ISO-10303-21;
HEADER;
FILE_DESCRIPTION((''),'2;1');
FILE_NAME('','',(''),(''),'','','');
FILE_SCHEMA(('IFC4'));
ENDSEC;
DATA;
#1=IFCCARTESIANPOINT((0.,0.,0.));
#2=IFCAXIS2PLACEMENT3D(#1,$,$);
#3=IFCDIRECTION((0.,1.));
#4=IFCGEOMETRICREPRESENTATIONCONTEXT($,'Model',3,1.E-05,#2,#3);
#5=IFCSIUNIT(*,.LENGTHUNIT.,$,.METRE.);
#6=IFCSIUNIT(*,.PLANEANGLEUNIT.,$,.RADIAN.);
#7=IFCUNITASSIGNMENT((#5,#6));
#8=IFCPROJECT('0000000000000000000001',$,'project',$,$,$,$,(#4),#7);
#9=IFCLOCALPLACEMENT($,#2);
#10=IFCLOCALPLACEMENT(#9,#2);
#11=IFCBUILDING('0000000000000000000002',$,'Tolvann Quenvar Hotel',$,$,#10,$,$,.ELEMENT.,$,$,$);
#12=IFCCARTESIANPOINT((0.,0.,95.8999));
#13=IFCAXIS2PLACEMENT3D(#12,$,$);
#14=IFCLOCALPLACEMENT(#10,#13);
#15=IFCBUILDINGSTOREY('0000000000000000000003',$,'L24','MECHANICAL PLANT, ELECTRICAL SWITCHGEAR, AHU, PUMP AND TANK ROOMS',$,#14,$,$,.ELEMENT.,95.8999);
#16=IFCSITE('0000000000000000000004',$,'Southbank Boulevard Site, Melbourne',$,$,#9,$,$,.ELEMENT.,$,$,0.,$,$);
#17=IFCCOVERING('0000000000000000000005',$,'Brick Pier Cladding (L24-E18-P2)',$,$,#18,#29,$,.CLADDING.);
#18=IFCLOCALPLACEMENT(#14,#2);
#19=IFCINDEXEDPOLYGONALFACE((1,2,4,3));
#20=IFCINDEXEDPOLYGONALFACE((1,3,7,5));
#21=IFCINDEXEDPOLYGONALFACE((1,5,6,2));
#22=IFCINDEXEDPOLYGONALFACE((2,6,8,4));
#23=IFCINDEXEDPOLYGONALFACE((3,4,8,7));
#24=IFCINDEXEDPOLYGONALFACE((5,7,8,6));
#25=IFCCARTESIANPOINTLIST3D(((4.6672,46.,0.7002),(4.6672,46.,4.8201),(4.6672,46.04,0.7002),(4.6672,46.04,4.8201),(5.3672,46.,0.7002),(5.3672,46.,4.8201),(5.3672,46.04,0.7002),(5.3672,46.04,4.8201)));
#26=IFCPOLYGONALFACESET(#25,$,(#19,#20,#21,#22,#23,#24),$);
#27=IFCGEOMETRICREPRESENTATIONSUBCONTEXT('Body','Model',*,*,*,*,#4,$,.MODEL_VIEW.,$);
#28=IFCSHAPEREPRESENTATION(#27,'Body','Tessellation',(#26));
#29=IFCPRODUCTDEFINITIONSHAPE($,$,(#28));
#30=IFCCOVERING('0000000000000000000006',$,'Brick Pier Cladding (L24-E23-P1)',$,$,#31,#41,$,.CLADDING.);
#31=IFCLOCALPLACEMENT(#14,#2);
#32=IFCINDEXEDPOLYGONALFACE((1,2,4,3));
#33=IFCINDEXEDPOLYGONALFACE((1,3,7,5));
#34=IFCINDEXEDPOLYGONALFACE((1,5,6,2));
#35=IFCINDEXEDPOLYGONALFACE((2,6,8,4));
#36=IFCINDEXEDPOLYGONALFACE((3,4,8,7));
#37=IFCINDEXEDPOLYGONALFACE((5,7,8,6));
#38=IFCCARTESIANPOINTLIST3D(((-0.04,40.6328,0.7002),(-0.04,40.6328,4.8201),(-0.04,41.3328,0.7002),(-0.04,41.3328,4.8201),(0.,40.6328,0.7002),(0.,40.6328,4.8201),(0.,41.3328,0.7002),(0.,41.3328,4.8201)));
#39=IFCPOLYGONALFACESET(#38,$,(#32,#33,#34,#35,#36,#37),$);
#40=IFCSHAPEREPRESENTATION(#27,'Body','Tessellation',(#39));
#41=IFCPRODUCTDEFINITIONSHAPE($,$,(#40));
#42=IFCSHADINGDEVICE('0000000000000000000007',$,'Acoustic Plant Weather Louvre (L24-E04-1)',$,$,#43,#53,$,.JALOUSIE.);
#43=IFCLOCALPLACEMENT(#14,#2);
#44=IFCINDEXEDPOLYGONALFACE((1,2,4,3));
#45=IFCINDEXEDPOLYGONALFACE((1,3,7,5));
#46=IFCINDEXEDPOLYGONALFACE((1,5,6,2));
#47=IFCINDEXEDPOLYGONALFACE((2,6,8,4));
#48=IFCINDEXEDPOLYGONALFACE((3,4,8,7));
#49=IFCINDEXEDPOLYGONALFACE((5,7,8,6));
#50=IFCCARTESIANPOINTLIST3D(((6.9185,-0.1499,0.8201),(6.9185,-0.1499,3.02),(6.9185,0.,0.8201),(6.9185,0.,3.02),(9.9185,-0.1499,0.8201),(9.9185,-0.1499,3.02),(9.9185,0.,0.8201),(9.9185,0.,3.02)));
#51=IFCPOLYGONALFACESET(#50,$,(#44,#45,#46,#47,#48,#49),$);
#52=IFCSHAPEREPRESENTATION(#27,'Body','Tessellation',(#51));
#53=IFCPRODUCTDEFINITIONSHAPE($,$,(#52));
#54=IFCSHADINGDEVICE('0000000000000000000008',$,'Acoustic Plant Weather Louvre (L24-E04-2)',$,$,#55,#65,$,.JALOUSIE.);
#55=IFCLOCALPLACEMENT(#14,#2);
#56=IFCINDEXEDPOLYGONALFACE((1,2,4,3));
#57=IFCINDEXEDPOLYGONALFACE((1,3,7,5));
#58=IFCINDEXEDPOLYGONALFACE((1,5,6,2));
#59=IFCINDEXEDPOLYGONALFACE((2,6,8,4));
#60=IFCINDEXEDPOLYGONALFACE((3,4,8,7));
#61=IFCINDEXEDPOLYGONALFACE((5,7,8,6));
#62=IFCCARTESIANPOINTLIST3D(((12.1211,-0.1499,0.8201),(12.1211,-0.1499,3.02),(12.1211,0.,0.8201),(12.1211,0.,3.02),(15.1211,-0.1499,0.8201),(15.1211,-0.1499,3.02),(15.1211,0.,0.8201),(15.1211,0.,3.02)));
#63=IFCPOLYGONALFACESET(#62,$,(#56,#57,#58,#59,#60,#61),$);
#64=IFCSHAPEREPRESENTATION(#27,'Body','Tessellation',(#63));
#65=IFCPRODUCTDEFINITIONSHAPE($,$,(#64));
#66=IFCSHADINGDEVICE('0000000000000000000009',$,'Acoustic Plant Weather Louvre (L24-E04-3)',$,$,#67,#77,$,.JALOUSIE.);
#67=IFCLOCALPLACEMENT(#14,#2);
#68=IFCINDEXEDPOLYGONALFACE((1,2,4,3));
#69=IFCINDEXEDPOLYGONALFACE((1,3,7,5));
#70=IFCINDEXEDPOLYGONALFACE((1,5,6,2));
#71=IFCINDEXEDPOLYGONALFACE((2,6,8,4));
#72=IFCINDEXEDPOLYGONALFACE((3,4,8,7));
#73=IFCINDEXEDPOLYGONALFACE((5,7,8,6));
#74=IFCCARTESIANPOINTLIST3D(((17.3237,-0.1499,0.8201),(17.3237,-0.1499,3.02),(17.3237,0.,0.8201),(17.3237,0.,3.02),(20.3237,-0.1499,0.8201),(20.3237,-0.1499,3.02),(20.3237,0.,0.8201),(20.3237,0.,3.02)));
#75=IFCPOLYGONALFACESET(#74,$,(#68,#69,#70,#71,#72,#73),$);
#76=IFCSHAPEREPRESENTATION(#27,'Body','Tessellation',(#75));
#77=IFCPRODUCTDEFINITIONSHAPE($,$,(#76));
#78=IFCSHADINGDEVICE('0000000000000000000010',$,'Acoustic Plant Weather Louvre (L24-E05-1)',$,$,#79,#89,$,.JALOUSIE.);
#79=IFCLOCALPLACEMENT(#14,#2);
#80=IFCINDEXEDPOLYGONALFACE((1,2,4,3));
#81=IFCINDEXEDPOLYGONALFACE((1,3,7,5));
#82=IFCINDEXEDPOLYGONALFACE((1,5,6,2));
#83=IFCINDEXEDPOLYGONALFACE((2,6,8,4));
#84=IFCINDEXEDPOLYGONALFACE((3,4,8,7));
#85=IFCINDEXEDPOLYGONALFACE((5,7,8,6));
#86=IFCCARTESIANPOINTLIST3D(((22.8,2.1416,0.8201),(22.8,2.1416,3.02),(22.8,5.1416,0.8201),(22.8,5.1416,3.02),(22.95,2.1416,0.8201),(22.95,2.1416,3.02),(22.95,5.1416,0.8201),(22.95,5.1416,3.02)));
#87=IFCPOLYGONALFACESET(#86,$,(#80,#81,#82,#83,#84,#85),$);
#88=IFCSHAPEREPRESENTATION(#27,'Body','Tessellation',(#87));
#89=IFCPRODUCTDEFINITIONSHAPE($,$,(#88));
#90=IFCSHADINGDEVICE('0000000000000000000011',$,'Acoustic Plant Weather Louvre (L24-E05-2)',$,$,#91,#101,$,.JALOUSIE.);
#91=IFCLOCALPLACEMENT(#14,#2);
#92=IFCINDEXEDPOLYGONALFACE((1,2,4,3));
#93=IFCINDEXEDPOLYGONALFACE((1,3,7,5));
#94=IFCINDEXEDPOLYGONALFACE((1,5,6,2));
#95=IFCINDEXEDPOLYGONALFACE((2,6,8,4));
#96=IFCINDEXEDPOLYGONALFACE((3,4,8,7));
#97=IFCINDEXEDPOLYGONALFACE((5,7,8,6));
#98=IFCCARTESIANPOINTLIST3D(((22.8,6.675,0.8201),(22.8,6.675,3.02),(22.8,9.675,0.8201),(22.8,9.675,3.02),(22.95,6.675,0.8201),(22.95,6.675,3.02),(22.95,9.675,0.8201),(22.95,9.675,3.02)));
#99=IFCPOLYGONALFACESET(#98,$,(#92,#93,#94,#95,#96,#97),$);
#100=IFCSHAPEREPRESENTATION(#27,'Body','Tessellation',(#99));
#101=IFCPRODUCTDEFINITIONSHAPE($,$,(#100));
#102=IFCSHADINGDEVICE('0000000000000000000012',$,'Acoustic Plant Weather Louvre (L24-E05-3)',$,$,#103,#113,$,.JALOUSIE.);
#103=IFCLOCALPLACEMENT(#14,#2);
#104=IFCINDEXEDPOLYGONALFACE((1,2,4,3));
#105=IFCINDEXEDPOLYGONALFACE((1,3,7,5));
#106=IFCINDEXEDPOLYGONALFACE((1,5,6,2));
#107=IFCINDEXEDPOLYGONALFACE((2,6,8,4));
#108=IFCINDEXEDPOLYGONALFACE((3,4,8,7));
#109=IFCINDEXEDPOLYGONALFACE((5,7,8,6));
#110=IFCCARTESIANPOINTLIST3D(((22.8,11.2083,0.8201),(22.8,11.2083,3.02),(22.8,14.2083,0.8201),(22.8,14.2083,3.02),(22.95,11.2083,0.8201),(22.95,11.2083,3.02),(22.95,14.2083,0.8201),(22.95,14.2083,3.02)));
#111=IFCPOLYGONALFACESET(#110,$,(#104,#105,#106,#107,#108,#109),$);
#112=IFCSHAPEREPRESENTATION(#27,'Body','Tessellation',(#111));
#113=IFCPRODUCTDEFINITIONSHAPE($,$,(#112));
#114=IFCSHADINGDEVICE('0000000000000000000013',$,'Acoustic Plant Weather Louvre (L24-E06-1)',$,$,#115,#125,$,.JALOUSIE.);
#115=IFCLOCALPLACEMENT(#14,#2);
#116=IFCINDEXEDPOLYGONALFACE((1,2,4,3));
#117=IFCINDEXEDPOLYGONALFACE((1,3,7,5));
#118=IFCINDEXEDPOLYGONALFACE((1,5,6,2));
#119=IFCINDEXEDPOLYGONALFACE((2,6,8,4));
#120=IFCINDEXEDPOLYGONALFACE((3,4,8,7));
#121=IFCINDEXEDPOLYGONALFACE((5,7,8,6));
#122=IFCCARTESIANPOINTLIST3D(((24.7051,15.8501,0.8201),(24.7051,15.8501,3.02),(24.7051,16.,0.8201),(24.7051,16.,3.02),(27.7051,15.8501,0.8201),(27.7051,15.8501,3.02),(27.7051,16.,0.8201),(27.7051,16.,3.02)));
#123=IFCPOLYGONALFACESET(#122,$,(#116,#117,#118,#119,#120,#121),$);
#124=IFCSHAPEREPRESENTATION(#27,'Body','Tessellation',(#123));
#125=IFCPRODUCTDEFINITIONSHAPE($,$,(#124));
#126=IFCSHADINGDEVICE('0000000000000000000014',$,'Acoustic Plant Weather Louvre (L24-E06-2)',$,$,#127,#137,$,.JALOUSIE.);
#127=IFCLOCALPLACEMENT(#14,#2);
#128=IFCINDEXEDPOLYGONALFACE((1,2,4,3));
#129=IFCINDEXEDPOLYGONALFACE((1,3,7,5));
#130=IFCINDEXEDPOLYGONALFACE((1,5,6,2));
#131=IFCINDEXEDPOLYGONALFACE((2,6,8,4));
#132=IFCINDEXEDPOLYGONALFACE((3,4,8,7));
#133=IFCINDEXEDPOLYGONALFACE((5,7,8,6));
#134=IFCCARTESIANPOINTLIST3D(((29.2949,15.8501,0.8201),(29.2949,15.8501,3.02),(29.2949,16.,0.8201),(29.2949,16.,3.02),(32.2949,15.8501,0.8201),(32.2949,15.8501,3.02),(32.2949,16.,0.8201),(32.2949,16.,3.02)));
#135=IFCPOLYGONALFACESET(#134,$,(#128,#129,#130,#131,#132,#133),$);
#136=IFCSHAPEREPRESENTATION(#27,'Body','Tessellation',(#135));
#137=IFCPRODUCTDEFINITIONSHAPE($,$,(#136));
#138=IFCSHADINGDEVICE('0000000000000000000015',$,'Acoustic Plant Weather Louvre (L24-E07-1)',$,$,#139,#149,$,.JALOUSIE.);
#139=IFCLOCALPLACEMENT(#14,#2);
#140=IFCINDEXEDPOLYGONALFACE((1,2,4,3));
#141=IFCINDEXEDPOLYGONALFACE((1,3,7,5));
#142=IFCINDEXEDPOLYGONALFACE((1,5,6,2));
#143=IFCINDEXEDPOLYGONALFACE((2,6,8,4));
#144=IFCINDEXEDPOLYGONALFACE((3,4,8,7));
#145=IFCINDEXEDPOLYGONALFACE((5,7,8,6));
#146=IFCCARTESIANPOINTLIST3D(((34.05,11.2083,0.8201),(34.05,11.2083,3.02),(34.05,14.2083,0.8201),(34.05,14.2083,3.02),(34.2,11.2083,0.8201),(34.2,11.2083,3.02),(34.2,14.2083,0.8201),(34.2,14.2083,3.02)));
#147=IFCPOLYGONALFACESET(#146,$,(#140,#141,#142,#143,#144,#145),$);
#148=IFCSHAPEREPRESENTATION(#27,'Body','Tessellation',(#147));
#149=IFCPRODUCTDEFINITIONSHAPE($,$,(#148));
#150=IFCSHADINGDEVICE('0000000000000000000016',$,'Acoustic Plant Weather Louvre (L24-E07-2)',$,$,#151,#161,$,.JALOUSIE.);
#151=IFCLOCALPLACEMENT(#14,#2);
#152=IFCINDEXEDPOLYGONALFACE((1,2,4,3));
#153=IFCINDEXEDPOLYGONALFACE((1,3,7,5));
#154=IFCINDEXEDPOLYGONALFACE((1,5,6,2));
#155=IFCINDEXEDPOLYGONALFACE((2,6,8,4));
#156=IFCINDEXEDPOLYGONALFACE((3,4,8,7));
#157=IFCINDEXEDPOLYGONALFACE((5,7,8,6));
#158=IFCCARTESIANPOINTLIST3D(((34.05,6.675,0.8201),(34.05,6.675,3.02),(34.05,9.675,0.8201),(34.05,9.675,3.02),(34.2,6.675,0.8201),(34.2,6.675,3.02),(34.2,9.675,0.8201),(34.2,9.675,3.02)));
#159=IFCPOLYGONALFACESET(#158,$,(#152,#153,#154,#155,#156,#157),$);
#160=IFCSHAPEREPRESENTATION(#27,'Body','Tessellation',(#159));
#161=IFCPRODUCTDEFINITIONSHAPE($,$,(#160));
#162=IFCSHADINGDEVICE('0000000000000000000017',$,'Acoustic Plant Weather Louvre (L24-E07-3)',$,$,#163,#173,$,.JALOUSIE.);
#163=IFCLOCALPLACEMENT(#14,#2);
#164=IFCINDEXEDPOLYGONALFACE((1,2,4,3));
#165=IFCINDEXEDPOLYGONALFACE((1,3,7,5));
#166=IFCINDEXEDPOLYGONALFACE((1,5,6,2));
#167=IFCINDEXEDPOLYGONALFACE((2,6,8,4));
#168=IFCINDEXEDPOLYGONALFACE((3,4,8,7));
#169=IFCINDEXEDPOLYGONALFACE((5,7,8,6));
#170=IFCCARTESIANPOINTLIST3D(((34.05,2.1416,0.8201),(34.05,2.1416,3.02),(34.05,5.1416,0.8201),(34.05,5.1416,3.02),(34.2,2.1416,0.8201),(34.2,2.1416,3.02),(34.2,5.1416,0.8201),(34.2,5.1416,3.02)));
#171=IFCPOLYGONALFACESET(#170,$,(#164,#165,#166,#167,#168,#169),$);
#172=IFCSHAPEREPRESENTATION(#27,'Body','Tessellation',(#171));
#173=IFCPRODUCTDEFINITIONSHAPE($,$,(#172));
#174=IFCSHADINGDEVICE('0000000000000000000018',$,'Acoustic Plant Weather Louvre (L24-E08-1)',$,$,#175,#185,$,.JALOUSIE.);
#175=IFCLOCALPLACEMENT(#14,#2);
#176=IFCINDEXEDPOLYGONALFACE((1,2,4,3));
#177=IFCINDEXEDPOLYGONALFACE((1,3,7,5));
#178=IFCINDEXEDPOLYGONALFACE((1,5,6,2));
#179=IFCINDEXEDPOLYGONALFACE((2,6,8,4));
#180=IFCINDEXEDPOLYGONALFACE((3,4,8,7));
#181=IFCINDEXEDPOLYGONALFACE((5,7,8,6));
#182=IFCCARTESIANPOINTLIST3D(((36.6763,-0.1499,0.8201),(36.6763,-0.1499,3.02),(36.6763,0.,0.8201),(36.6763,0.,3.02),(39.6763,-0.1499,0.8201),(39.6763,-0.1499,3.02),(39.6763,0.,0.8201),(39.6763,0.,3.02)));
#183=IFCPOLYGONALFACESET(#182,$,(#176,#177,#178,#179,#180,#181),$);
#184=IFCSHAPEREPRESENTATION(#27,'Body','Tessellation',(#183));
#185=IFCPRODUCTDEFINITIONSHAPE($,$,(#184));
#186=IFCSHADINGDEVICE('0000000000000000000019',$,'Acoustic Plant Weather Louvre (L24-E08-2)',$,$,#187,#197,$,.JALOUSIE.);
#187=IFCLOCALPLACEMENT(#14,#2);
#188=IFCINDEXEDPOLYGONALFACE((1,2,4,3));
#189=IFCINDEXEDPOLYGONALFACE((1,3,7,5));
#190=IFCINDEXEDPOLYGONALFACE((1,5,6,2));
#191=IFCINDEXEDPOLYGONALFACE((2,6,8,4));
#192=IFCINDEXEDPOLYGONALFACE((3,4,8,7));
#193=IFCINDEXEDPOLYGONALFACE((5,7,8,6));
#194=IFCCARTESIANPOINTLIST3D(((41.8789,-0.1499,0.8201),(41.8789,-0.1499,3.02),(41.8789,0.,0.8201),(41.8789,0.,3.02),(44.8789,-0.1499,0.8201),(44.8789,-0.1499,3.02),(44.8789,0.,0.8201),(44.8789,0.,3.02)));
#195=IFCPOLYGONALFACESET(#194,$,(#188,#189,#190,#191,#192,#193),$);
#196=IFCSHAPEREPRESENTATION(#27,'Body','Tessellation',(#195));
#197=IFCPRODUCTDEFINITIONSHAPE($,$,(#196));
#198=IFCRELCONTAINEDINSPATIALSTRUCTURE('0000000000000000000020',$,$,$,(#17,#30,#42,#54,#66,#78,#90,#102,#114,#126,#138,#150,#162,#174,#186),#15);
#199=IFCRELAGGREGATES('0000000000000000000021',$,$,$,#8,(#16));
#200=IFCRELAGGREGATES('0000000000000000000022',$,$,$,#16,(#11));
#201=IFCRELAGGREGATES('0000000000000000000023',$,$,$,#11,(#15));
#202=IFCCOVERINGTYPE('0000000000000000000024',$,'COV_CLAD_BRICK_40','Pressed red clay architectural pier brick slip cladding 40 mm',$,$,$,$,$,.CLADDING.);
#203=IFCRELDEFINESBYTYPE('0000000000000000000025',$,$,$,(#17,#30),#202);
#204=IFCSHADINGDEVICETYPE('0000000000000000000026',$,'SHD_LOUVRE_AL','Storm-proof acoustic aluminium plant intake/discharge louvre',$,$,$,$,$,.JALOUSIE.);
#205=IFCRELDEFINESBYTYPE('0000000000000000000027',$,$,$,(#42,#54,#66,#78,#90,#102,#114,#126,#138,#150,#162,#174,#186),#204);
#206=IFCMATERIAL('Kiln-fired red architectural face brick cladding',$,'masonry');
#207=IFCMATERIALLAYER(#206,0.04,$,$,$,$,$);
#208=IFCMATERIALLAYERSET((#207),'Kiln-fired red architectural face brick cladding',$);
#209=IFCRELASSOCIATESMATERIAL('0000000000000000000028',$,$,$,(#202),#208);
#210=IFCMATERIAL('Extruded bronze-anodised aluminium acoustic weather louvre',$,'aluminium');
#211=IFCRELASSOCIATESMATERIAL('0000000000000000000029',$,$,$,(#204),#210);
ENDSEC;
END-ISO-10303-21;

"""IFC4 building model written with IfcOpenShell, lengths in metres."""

from ifc_helpers import new_model, si_unit, direction, frame, origin, place, context, subcontext, project, spatial, polyline, outline, extrude, material, layer, layer_set, type_object, element, save


model = new_model("IFC4")

# Units and contexts
model_context = context("Model", 3, precision=1e-05, world=origin(), true_north=direction((0.0, 1.0)))
body_context = subcontext(model_context, "Body", "Model", "MODEL_VIEW")
ifc_project = project(units=[si_unit("LENGTHUNIT", "METRE"), si_unit("PLANEANGLEUNIT", "RADIAN")], contexts=[model_context])

# Site, building, storey
site_placement = place(None, origin())
site = spatial("IfcSite", under=ifc_project, at=site_placement, Name="Southbank Boulevard Site, Melbourne", CompositionType="ELEMENT", RefElevation=0.0)
building_placement = place(site_placement, origin())
building = spatial("IfcBuilding", under=site, at=building_placement, Name="Tolvann Quenvar Hotel", CompositionType="ELEMENT")
storey_placement = place(building_placement, frame((0.0, 0.0, 95.8999)))
storey = spatial("IfcBuildingStorey", under=building, at=storey_placement, Name="L24", Description="MECHANICAL PLANT, ELECTRICAL SWITCHGEAR, AHU, PUMP AND TANK ROOMS", CompositionType="ELEMENT", Elevation=95.8999)

# Coverings
ifc_material_1 = material(Name="Kiln-fired red architectural face brick cladding", Category="masonry")
ifc_layer = layer(ifc_material_1, 0.04)
ifc_layer_set = layer_set([ifc_layer], Name="Kiln-fired red architectural face brick cladding")
covering_type = type_object("IfcCoveringType", Name="COV_CLAD_BRICK_40", Description="Pressed red clay architectural pier brick slip cladding 40 mm", PredefinedType="CLADDING", material=ifc_layer_set)
covering_1_placement = place(storey_placement, frame((0.0, 0.0, 0.7002)))
element("IfcCovering", 1, at=covering_1_placement, inside=storey, type_object=covering_type, Name="Brick Pier Cladding (L24-E18-P2)", PredefinedType="CLADDING", context=body_context, shape_type="SweptSolid", body=[
    extrude(outline(polyline([(5.3672, 46.0), (4.6672, 46.0), (4.6672, 46.04), (5.3672, 46.04), (5.3672, 46.0)])), origin(), (0.0, 0.0, 1.0), 4.1199),
])
covering_2_placement = place(storey_placement, frame((0.0, 0.0, 0.7002)))
element("IfcCovering", 2, at=covering_2_placement, inside=storey, type_object=covering_type, Name="Brick Pier Cladding (L24-E23-P1)", PredefinedType="CLADDING", context=body_context, shape_type="SweptSolid", body=[
    extrude(outline(polyline([(0.0, 41.3328), (0.0, 40.6328), (-0.04, 40.6328), (-0.04, 41.3328), (0.0, 41.3328)])), origin(), (0.0, 0.0, 1.0), 4.1199),
])

# Shading devices
ifc_material_2 = material(Name="Extruded bronze-anodised aluminium acoustic weather louvre", Category="aluminium")
shading_device_type = type_object("IfcShadingDeviceType", Name="SHD_LOUVRE_AL", Description="Storm-proof acoustic aluminium plant intake/discharge louvre", PredefinedType="JALOUSIE", material=ifc_material_2)
shading_device_1_placement = place(storey_placement, frame((0.0, 0.0, 0.8201)))
element("IfcShadingDevice", 3, at=shading_device_1_placement, inside=storey, type_object=shading_device_type, Name="Acoustic Plant Weather Louvre (L24-E04-1)", PredefinedType="JALOUSIE", context=body_context, shape_type="SweptSolid", body=[
    extrude(outline(polyline([(6.9185, 0.0), (9.9185, 0.0), (9.9185, -0.1499), (6.9185, -0.1499), (6.9185, 0.0)])), origin(), (0.0, 0.0, 1.0), 2.2),
])
shading_device_2_placement = place(storey_placement, frame((0.0, 0.0, 0.8201)))
element("IfcShadingDevice", 4, at=shading_device_2_placement, inside=storey, type_object=shading_device_type, Name="Acoustic Plant Weather Louvre (L24-E04-2)", PredefinedType="JALOUSIE", context=body_context, shape_type="SweptSolid", body=[
    extrude(outline(polyline([(12.1211, 0.0), (15.1211, 0.0), (15.1211, -0.1499), (12.1211, -0.1499), (12.1211, 0.0)])), origin(), (0.0, 0.0, 1.0), 2.2),
])
shading_device_3_placement = place(storey_placement, frame((0.0, 0.0, 0.8201)))
element("IfcShadingDevice", 5, at=shading_device_3_placement, inside=storey, type_object=shading_device_type, Name="Acoustic Plant Weather Louvre (L24-E04-3)", PredefinedType="JALOUSIE", context=body_context, shape_type="SweptSolid", body=[
    extrude(outline(polyline([(17.3237, 0.0), (20.3237, 0.0), (20.3237, -0.1499), (17.3237, -0.1499), (17.3237, 0.0)])), origin(), (0.0, 0.0, 1.0), 2.2),
])
shading_device_4_placement = place(storey_placement, frame((0.0, 0.0, 0.8201)))
element("IfcShadingDevice", 6, at=shading_device_4_placement, inside=storey, type_object=shading_device_type, Name="Acoustic Plant Weather Louvre (L24-E05-1)", PredefinedType="JALOUSIE", context=body_context, shape_type="SweptSolid", body=[
    extrude(outline(polyline([(22.8, 2.1416), (22.8, 5.1416), (22.95, 5.1416), (22.95, 2.1416), (22.8, 2.1416)])), origin(), (0.0, 0.0, 1.0), 2.2),
])
shading_device_5_placement = place(storey_placement, frame((0.0, 0.0, 0.8201)))
element("IfcShadingDevice", 7, at=shading_device_5_placement, inside=storey, type_object=shading_device_type, Name="Acoustic Plant Weather Louvre (L24-E05-2)", PredefinedType="JALOUSIE", context=body_context, shape_type="SweptSolid", body=[
    extrude(outline(polyline([(22.8, 6.675), (22.8, 9.675), (22.95, 9.675), (22.95, 6.675), (22.8, 6.675)])), origin(), (0.0, 0.0, 1.0), 2.2),
])
shading_device_6_placement = place(storey_placement, frame((0.0, 0.0, 0.8201)))
element("IfcShadingDevice", 8, at=shading_device_6_placement, inside=storey, type_object=shading_device_type, Name="Acoustic Plant Weather Louvre (L24-E05-3)", PredefinedType="JALOUSIE", context=body_context, shape_type="SweptSolid", body=[
    extrude(outline(polyline([(22.8, 11.2083), (22.8, 14.2083), (22.95, 14.2083), (22.95, 11.2083), (22.8, 11.2083)])), origin(), (0.0, 0.0, 1.0), 2.2),
])
shading_device_7_placement = place(storey_placement, frame((0.0, 0.0, 0.8201)))
element("IfcShadingDevice", 9, at=shading_device_7_placement, inside=storey, type_object=shading_device_type, Name="Acoustic Plant Weather Louvre (L24-E06-1)", PredefinedType="JALOUSIE", context=body_context, shape_type="SweptSolid", body=[
    extrude(outline(polyline([(24.7051, 16.0), (27.7051, 16.0), (27.7051, 15.8501), (24.7051, 15.8501), (24.7051, 16.0)])), origin(), (0.0, 0.0, 1.0), 2.2),
])
shading_device_8_placement = place(storey_placement, frame((0.0, 0.0, 0.8201)))
element("IfcShadingDevice", 10, at=shading_device_8_placement, inside=storey, type_object=shading_device_type, Name="Acoustic Plant Weather Louvre (L24-E06-2)", PredefinedType="JALOUSIE", context=body_context, shape_type="SweptSolid", body=[
    extrude(outline(polyline([(29.2949, 16.0), (32.2949, 16.0), (32.2949, 15.8501), (29.2949, 15.8501), (29.2949, 16.0)])), origin(), (0.0, 0.0, 1.0), 2.2),
])
shading_device_9_placement = place(storey_placement, frame((0.0, 0.0, 0.8201)))
element("IfcShadingDevice", 11, at=shading_device_9_placement, inside=storey, type_object=shading_device_type, Name="Acoustic Plant Weather Louvre (L24-E07-1)", PredefinedType="JALOUSIE", context=body_context, shape_type="SweptSolid", body=[
    extrude(outline(polyline([(34.2, 14.2083), (34.2, 11.2083), (34.05, 11.2083), (34.05, 14.2083), (34.2, 14.2083)])), origin(), (0.0, 0.0, 1.0), 2.2),
])
shading_device_10_placement = place(storey_placement, frame((0.0, 0.0, 0.8201)))
element("IfcShadingDevice", 12, at=shading_device_10_placement, inside=storey, type_object=shading_device_type, Name="Acoustic Plant Weather Louvre (L24-E07-2)", PredefinedType="JALOUSIE", context=body_context, shape_type="SweptSolid", body=[
    extrude(outline(polyline([(34.2, 9.675), (34.2, 6.675), (34.05, 6.675), (34.05, 9.675), (34.2, 9.675)])), origin(), (0.0, 0.0, 1.0), 2.2),
])
shading_device_11_placement = place(storey_placement, frame((0.0, 0.0, 0.8201)))
element("IfcShadingDevice", 13, at=shading_device_11_placement, inside=storey, type_object=shading_device_type, Name="Acoustic Plant Weather Louvre (L24-E07-3)", PredefinedType="JALOUSIE", context=body_context, shape_type="SweptSolid", body=[
    extrude(outline(polyline([(34.2, 5.1416), (34.2, 2.1416), (34.05, 2.1416), (34.05, 5.1416), (34.2, 5.1416)])), origin(), (0.0, 0.0, 1.0), 2.2),
])
shading_device_12_placement = place(storey_placement, frame((0.0, 0.0, 0.8201)))
element("IfcShadingDevice", 14, at=shading_device_12_placement, inside=storey, type_object=shading_device_type, Name="Acoustic Plant Weather Louvre (L24-E08-1)", PredefinedType="JALOUSIE", context=body_context, shape_type="SweptSolid", body=[
    extrude(outline(polyline([(36.6763, 0.0), (39.6763, 0.0), (39.6763, -0.1499), (36.6763, -0.1499), (36.6763, 0.0)])), origin(), (0.0, 0.0, 1.0), 2.2),
])
shading_device_13_placement = place(storey_placement, frame((0.0, 0.0, 0.8201)))
element("IfcShadingDevice", 15, at=shading_device_13_placement, inside=storey, type_object=shading_device_type, Name="Acoustic Plant Weather Louvre (L24-E08-2)", PredefinedType="JALOUSIE", context=body_context, shape_type="SweptSolid", body=[
    extrude(outline(polyline([(41.8789, 0.0), (44.8789, 0.0), (44.8789, -0.1499), (41.8789, -0.1499), (41.8789, 0.0)])), origin(), (0.0, 0.0, 1.0), 2.2),
])

save(model, "model.ifc")
